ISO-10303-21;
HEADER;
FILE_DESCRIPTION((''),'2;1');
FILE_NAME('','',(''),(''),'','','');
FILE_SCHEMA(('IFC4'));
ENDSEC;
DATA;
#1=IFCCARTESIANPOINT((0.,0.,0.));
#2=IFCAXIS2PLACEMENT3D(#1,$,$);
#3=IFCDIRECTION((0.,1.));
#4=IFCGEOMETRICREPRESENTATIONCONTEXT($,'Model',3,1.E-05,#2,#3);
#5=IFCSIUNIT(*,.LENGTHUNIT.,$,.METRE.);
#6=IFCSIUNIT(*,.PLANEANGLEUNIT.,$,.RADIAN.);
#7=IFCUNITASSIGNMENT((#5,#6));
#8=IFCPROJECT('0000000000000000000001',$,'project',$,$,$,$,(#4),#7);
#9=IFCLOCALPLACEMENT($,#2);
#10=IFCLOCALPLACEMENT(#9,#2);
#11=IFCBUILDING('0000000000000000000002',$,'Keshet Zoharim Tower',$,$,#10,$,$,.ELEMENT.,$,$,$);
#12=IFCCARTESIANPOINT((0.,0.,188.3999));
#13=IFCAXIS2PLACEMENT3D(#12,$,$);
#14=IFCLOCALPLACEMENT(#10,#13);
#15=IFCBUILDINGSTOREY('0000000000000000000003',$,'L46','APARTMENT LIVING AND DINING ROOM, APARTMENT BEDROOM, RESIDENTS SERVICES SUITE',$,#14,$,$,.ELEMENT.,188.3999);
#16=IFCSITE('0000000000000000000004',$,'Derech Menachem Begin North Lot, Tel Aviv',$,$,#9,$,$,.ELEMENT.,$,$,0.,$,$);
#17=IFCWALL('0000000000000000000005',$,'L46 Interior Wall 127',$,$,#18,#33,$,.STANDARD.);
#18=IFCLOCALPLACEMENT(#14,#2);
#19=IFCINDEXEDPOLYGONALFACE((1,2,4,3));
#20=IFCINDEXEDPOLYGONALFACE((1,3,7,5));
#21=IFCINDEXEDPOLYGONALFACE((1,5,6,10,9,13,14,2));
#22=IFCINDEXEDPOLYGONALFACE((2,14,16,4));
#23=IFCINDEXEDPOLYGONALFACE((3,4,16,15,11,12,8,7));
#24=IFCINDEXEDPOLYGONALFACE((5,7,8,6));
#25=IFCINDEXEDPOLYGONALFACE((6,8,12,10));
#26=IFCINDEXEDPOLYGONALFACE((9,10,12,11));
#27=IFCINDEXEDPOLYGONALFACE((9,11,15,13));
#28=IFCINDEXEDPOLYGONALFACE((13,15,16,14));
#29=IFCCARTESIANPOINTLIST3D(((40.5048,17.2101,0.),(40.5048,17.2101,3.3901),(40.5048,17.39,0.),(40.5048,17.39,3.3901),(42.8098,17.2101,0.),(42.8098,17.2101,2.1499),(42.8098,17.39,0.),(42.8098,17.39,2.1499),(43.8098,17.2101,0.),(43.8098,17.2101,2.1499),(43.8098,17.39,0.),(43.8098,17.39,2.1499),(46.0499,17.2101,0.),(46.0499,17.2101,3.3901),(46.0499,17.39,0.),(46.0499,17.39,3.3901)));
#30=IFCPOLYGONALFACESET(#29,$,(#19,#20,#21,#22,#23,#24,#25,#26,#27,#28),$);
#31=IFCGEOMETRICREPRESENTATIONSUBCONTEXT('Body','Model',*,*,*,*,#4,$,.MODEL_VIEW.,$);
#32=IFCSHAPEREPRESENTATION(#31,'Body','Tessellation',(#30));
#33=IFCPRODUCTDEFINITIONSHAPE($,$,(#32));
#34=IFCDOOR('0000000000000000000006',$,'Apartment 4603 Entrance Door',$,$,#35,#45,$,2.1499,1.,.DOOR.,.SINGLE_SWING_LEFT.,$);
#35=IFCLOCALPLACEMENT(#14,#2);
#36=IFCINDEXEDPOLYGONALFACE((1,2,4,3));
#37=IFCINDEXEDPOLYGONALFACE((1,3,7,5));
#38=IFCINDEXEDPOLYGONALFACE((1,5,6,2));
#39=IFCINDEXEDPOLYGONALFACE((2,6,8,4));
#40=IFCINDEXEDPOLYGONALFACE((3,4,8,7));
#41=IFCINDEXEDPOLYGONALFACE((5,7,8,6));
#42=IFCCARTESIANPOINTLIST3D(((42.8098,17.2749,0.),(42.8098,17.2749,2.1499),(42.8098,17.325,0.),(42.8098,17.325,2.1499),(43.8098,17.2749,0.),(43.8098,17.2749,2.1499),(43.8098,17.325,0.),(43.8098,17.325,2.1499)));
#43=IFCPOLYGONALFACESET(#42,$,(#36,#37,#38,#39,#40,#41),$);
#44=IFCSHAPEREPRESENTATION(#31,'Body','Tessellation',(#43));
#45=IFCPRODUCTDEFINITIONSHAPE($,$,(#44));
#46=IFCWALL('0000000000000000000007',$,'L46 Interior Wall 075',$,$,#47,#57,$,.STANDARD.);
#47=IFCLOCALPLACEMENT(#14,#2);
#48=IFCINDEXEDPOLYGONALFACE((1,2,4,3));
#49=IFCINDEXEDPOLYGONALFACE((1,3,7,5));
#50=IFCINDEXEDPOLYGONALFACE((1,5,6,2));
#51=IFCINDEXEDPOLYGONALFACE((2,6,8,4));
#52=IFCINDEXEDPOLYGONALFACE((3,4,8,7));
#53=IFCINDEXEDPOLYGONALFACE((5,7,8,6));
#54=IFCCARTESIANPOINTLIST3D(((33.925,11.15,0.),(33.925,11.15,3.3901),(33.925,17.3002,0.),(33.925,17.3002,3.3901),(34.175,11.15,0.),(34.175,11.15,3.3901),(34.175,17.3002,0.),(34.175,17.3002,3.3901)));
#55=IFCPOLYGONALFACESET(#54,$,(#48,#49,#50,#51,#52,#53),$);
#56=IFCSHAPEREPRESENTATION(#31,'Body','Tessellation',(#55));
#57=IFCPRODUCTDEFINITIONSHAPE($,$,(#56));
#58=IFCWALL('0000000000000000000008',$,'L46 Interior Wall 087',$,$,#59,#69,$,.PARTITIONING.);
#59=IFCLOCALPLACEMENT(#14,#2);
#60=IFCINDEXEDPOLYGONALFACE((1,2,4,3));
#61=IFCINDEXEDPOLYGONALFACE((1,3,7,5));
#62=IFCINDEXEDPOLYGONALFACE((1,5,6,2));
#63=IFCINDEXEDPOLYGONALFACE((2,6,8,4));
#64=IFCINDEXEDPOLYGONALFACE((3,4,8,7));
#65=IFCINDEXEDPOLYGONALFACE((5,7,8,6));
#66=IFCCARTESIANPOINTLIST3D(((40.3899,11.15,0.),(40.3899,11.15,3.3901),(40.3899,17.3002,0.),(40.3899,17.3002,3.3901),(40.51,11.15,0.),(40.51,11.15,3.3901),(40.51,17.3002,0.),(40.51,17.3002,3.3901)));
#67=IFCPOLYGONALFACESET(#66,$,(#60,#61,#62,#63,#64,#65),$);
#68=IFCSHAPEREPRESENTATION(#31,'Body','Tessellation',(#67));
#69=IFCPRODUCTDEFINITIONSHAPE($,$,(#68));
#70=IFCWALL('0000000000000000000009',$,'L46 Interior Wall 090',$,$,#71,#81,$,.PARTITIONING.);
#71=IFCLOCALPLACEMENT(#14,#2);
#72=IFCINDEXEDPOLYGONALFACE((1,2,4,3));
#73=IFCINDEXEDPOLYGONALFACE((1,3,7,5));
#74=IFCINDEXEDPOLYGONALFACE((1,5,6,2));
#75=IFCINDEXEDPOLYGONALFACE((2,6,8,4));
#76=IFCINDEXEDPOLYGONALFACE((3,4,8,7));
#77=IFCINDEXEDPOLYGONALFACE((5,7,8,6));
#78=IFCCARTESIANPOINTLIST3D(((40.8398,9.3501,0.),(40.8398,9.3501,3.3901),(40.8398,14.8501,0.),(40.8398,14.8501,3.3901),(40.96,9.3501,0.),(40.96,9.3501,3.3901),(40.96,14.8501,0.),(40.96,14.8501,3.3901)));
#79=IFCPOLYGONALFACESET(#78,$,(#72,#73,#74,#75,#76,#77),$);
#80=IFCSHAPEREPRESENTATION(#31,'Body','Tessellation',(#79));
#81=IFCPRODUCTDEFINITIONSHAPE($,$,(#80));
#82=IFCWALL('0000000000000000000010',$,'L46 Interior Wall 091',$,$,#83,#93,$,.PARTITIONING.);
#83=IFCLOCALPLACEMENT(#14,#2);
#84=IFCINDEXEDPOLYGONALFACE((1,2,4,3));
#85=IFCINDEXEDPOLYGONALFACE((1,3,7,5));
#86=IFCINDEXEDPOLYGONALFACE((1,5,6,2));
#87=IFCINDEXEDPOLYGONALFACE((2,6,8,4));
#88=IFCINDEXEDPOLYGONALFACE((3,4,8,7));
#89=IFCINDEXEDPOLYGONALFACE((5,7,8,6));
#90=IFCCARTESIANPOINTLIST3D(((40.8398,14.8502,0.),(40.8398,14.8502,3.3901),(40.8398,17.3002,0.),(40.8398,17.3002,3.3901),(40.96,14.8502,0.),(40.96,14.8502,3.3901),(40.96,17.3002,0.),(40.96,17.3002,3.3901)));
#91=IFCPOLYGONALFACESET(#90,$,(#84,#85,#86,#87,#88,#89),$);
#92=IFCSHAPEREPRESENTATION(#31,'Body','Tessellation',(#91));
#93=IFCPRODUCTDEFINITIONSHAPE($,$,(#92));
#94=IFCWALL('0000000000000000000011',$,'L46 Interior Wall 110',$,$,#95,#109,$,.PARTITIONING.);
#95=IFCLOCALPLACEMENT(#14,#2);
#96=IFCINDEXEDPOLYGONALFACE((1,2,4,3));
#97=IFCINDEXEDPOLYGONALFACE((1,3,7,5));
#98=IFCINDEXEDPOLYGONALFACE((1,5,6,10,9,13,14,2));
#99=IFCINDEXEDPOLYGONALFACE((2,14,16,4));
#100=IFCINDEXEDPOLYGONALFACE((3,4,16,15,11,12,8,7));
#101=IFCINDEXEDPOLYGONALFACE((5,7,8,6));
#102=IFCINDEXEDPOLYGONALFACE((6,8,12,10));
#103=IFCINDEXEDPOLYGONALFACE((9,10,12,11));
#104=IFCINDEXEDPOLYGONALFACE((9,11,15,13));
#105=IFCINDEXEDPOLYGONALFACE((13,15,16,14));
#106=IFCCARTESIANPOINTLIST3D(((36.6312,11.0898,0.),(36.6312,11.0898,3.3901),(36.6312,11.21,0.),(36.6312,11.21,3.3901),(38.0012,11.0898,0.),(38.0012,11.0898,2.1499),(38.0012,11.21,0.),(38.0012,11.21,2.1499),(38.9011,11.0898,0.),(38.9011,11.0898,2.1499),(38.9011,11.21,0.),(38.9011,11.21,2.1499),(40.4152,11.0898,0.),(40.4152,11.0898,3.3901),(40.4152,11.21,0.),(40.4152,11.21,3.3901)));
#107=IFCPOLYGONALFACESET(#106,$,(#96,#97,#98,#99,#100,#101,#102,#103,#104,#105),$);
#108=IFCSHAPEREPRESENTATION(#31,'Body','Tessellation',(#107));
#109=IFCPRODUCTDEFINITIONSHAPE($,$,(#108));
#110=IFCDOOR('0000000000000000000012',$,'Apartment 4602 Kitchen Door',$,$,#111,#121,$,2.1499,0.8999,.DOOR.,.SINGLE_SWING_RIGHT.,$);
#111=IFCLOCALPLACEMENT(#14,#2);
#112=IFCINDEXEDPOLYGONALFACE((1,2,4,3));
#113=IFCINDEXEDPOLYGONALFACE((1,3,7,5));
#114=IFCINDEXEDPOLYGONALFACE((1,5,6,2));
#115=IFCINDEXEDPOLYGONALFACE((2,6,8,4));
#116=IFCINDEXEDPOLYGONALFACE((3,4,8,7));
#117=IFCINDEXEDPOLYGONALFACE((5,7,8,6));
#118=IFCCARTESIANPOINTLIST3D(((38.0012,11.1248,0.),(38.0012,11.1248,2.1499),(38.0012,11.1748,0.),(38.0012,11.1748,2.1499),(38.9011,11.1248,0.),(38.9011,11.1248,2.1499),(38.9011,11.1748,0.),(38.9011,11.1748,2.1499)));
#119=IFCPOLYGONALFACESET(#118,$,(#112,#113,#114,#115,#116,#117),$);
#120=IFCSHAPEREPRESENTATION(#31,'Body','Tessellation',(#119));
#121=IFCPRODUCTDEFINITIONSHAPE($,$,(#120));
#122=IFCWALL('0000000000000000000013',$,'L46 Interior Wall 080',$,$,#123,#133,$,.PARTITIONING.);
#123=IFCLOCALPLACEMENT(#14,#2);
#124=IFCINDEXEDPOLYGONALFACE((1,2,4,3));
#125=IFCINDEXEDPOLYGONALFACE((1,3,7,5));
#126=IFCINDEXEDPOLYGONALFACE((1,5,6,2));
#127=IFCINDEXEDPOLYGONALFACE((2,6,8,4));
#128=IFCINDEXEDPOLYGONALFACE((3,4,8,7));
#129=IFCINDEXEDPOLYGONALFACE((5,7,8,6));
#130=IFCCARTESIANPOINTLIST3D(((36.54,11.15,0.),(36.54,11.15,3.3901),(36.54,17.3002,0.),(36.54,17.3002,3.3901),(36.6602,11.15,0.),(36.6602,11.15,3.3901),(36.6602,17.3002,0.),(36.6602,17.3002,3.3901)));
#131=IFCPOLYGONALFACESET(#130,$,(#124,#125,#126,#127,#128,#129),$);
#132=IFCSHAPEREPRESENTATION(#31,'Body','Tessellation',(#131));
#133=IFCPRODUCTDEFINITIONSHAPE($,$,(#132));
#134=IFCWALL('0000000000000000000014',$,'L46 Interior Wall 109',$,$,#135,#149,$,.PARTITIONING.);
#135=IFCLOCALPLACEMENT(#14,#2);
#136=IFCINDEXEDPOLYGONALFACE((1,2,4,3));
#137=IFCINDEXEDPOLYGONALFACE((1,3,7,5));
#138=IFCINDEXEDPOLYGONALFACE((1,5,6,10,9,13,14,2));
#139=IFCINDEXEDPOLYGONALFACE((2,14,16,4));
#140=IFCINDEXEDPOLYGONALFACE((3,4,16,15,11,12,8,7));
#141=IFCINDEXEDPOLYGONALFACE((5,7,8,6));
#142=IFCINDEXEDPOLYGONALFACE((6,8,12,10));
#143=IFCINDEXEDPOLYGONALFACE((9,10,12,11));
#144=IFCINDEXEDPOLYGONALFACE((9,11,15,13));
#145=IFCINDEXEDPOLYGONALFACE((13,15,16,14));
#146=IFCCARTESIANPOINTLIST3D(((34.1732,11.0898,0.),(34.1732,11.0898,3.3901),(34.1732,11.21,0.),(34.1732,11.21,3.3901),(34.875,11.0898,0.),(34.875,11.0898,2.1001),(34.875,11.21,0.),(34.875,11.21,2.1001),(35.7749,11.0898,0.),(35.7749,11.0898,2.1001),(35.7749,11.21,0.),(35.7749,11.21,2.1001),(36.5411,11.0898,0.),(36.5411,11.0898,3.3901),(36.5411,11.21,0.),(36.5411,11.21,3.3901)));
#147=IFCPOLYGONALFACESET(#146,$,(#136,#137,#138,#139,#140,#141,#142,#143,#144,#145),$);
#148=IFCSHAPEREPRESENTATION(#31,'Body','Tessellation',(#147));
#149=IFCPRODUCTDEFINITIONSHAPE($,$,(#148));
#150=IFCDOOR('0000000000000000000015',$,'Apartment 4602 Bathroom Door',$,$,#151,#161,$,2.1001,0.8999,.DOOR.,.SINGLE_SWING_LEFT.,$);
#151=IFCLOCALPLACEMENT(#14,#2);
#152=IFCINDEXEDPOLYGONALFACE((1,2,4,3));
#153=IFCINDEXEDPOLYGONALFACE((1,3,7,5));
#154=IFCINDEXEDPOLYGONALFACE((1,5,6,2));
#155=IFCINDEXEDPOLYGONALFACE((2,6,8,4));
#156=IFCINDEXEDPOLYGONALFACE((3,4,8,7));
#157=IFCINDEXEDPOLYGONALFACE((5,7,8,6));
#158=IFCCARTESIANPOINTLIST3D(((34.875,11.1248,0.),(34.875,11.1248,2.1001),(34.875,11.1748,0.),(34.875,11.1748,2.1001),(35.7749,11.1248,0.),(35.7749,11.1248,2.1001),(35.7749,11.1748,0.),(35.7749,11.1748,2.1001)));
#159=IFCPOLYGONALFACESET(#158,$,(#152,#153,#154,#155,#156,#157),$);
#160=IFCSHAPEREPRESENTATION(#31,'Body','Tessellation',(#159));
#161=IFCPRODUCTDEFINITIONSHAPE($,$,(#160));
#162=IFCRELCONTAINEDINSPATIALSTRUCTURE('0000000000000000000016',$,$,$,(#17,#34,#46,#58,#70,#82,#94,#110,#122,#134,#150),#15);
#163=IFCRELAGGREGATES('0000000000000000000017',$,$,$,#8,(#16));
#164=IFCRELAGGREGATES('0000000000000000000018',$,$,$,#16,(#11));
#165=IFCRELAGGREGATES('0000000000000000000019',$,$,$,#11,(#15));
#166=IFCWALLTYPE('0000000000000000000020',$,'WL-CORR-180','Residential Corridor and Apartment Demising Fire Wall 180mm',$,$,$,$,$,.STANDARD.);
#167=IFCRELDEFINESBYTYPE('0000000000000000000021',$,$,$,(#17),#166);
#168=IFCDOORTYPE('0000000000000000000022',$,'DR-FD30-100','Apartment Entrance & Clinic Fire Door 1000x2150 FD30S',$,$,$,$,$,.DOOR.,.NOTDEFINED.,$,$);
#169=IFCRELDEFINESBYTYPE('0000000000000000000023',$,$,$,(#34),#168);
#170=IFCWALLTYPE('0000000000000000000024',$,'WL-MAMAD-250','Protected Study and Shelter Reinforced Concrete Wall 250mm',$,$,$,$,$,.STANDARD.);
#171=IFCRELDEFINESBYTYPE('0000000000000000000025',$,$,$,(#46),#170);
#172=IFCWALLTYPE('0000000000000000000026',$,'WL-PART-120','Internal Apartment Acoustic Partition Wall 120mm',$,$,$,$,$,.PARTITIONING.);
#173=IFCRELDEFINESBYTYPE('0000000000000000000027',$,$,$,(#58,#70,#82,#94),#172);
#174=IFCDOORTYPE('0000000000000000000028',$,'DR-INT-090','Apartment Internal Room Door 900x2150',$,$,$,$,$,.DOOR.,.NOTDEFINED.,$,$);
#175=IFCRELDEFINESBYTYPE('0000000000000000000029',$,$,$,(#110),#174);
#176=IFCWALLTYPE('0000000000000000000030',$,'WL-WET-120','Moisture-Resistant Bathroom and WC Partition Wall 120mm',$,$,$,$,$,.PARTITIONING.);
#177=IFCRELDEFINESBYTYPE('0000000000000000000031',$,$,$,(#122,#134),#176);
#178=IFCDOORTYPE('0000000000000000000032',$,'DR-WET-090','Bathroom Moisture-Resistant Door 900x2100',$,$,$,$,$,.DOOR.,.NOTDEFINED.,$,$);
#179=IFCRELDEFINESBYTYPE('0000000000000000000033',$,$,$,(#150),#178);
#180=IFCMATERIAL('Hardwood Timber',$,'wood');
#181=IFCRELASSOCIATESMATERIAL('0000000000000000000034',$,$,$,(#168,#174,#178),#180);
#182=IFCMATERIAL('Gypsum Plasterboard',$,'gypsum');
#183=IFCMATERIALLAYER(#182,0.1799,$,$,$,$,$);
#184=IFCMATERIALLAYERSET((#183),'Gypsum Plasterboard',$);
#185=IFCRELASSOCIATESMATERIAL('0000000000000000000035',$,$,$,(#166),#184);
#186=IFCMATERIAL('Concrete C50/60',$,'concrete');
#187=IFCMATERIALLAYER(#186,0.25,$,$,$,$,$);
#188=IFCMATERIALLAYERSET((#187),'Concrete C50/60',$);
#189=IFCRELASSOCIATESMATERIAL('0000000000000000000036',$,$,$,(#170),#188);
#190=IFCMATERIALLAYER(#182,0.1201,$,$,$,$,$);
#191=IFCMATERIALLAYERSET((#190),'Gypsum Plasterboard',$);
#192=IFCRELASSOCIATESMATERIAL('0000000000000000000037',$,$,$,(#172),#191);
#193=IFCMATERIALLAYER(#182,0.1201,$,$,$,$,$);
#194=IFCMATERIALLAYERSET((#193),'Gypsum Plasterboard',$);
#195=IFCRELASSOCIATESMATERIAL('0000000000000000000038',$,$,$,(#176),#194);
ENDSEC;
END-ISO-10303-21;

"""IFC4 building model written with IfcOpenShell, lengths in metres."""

from ifc_helpers import new_model, si_unit, direction, frame, frame_2d, origin, place, context, subcontext, project, spatial, rectangle, extrude, material, layer, layer_set, type_object, element, fill, save


model = new_model("IFC4")

# Units and contexts
model_context = context("Model", 3, precision=1e-05, world=origin(), true_north=direction((0.0, 1.0)))
body_context = subcontext(model_context, "Body", "Model", "MODEL_VIEW")
ifc_project = project(units=[si_unit("LENGTHUNIT", "METRE"), si_unit("PLANEANGLEUNIT", "RADIAN")], contexts=[model_context])

# Site, building, storey
site_placement = place(None, origin())
site = spatial("IfcSite", under=ifc_project, at=site_placement, Name="Derech Menachem Begin North Lot, Tel Aviv", CompositionType="ELEMENT", RefElevation=0.0)
building_placement = place(site_placement, origin())
building = spatial("IfcBuilding", under=site, at=building_placement, Name="Keshet Zoharim Tower", CompositionType="ELEMENT")
storey_placement = place(building_placement, frame((0.0, 0.0, 188.3999)))
storey = spatial("IfcBuildingStorey", under=building, at=storey_placement, Name="L46", Description="APARTMENT LIVING AND DINING ROOM, APARTMENT BEDROOM, RESIDENTS SERVICES SUITE", CompositionType="ELEMENT", Elevation=188.3999)

# Shared definitions
ifc_material_1 = material(Name="Gypsum Plasterboard", Category="gypsum")
ifc_material_2 = material(Name="Hardwood Timber", Category="wood")
door_type_1 = type_object("IfcDoorType", Name="DR-FD30-100", Description="Apartment Entrance & Clinic Fire Door 1000x2150 FD30S", OperationType="NOTDEFINED", PredefinedType="DOOR", material=ifc_material_2)

# Shared definitions
ifc_layer_1 = layer(ifc_material_1, 0.1799)
ifc_layer_set_1 = layer_set([ifc_layer_1], Name="Gypsum Plasterboard")
wall_type_1 = type_object("IfcWallType", Name="WL-CORR-180", Description="Residential Corridor and Apartment Demising Fire Wall 180mm", PredefinedType="STANDARD", material=ifc_layer_set_1)

# Wall, opening, door
wall_1_placement = place(storey_placement, frame((40.5049, 17.3, 0.0), z_axis=(0.0, 0.0, 1.0), x_axis=(1.0, 0.0, 0.0)))
wall_1 = element("IfcWall", 1, at=wall_1_placement, inside=storey, type_object=wall_type_1, Name="L46 Interior Wall 127", PredefinedType="STANDARD", context=body_context, shape_type="SweptSolid", body=[
    extrude(rectangle(XDim=5.5452, YDim=0.1799, at=frame_2d((2.7725, 0.0))), origin(), (0.0, 0.0, 1.0), 3.3901),
])
opening_1_placement = place(wall_1_placement, frame((2.3049, 0.0, 0.0)))
opening_1 = element("IfcOpeningElement", 2, at=opening_1_placement, cuts=wall_1, PredefinedType="OPENING", context=body_context, shape_type="SweptSolid", body=[
    extrude(rectangle(XDim=1.0, YDim=2.1499, at=frame_2d((0.5, 1.075))), frame((0.0, 0.1001, 0.0), z_axis=(0.0, -1.0, 0.0), x_axis=(1.0, 0.0, 0.0)), (0.0, 0.0, 1.0), 0.2),
])
door_1_placement = place(opening_1_placement, origin())
door_1 = element("IfcDoor", 3, at=door_1_placement, inside=storey, type_object=door_type_1, Name="Apartment 4603 Entrance Door", OperationType="SINGLE_SWING_LEFT", OverallHeight=2.1499, OverallWidth=1.0, PredefinedType="DOOR", context=body_context, shape_type="SweptSolid", body=[
    extrude(rectangle(XDim=1.0, YDim=2.1499, at=frame_2d((0.5, 1.075))), frame((0.0, 0.0249, 0.0), z_axis=(0.0, -1.0, 0.0), x_axis=(1.0, 0.0, 0.0)), (0.0, 0.0, 1.0), 0.05),
])
fill(opening_1, door_1)

# Walls
ifc_material_3 = material(Name="Concrete C50/60", Category="concrete")
ifc_layer_2 = layer(ifc_material_3, 0.25)
ifc_layer_set_2 = layer_set([ifc_layer_2], Name="Concrete C50/60")
wall_type_2 = type_object("IfcWallType", Name="WL-MAMAD-250", Description="Protected Study and Shelter Reinforced Concrete Wall 250mm", PredefinedType="STANDARD", material=ifc_layer_set_2)
wall_2_placement = place(storey_placement, frame((34.05, 11.1499, 0.0), z_axis=(0.0, 0.0, 1.0), x_axis=(0.0, 1.0, 0.0)))
element("IfcWall", 4, at=wall_2_placement, inside=storey, type_object=wall_type_2, Name="L46 Interior Wall 075", PredefinedType="STANDARD", context=body_context, shape_type="SweptSolid", body=[
    extrude(rectangle(XDim=6.1501, YDim=0.25, at=frame_2d((3.0752, 0.0))), origin(), (0.0, 0.0, 1.0), 3.3901),
])
ifc_layer_3 = layer(ifc_material_1, 0.1201)
ifc_layer_set_3 = layer_set([ifc_layer_3], Name="Gypsum Plasterboard")
wall_type_3 = type_object("IfcWallType", Name="WL-PART-120", Description="Internal Apartment Acoustic Partition Wall 120mm", PredefinedType="PARTITIONING", material=ifc_layer_set_3)
wall_3_placement = place(storey_placement, frame((40.45, 11.1499, 0.0), z_axis=(0.0, 0.0, 1.0), x_axis=(0.0, 1.0, 0.0)))
element("IfcWall", 5, at=wall_3_placement, inside=storey, type_object=wall_type_3, Name="L46 Interior Wall 087", PredefinedType="PARTITIONING", context=body_context, shape_type="SweptSolid", body=[
    extrude(rectangle(XDim=6.1501, YDim=0.1201, at=frame_2d((3.0752, 0.0))), origin(), (0.0, 0.0, 1.0), 3.3901),
])
wall_4_placement = place(storey_placement, frame((40.8999, 9.3501, 0.0), z_axis=(0.0, 0.0, 1.0), x_axis=(0.0, 1.0, 0.0)))
element("IfcWall", 6, at=wall_4_placement, inside=storey, type_object=wall_type_3, Name="L46 Interior Wall 090", PredefinedType="PARTITIONING", context=body_context, shape_type="SweptSolid", body=[
    extrude(rectangle(XDim=5.5, YDim=0.1201, at=frame_2d((2.75, 0.0))), origin(), (0.0, 0.0, 1.0), 3.3901),
])
wall_5_placement = place(storey_placement, frame((40.8999, 14.8501, 0.0), z_axis=(0.0, 0.0, 1.0), x_axis=(0.0, 1.0, 0.0)))
element("IfcWall", 7, at=wall_5_placement, inside=storey, type_object=wall_type_3, Name="L46 Interior Wall 091", PredefinedType="PARTITIONING", context=body_context, shape_type="SweptSolid", body=[
    extrude(rectangle(XDim=2.45, YDim=0.1201, at=frame_2d((1.2251, 0.0))), origin(), (0.0, 0.0, 1.0), 3.3901),
])

# Wall, opening, door
wall_6_placement = place(storey_placement, frame((36.6311, 11.1499, 0.0), z_axis=(0.0, 0.0, 1.0), x_axis=(1.0, 0.0, 0.0)))
wall_6 = element("IfcWall", 8, at=wall_6_placement, inside=storey, type_object=wall_type_3, Name="L46 Interior Wall 110", PredefinedType="PARTITIONING", context=body_context, shape_type="SweptSolid", body=[
    extrude(rectangle(XDim=3.7839, YDim=0.1201, at=frame_2d((1.8921, 0.0))), origin(), (0.0, 0.0, 1.0), 3.3901),
])
opening_2_placement = place(wall_6_placement, frame((1.3701, 0.0, 0.0)))
opening_2 = element("IfcOpeningElement", 9, at=opening_2_placement, cuts=wall_6, PredefinedType="OPENING", context=body_context, shape_type="SweptSolid", body=[
    extrude(rectangle(XDim=0.8999, YDim=2.1499, at=frame_2d((0.45, 1.075))), frame((0.0, 0.0701, 0.0), z_axis=(0.0, -1.0, 0.0), x_axis=(1.0, 0.0, 0.0)), (0.0, 0.0, 1.0), 0.1401),
])
door_type_2 = type_object("IfcDoorType", Name="DR-INT-090", Description="Apartment Internal Room Door 900x2150", OperationType="NOTDEFINED", PredefinedType="DOOR", material=ifc_material_2)
door_2_placement = place(opening_2_placement, origin())
door_2 = element("IfcDoor", 10, at=door_2_placement, inside=storey, type_object=door_type_2, Name="Apartment 4602 Kitchen Door", OperationType="SINGLE_SWING_RIGHT", OverallHeight=2.1499, OverallWidth=0.8999, PredefinedType="DOOR", context=body_context, shape_type="SweptSolid", body=[
    extrude(rectangle(XDim=0.8999, YDim=2.1499, at=frame_2d((0.45, 1.075))), frame((0.0, 0.0249, 0.0), z_axis=(0.0, -1.0, 0.0), x_axis=(1.0, 0.0, 0.0)), (0.0, 0.0, 1.0), 0.05),
])
fill(opening_2, door_2)

# Wall
ifc_layer_4 = layer(ifc_material_1, 0.1201)
ifc_layer_set_4 = layer_set([ifc_layer_4], Name="Gypsum Plasterboard")
wall_type_4 = type_object("IfcWallType", Name="WL-WET-120", Description="Moisture-Resistant Bathroom and WC Partition Wall 120mm", PredefinedType="PARTITIONING", material=ifc_layer_set_4)
wall_7_placement = place(storey_placement, frame((36.6001, 11.1499, 0.0), z_axis=(0.0, 0.0, 1.0), x_axis=(0.0, 1.0, 0.0)))
element("IfcWall", 11, at=wall_7_placement, inside=storey, type_object=wall_type_4, Name="L46 Interior Wall 080", PredefinedType="PARTITIONING", context=body_context, shape_type="SweptSolid", body=[
    extrude(rectangle(XDim=6.1501, YDim=0.1201, at=frame_2d((3.0752, 0.0))), origin(), (0.0, 0.0, 1.0), 3.3901),
])

# Wall, opening, door
wall_8_placement = place(storey_placement, frame((34.1731, 11.1499, 0.0), z_axis=(0.0, 0.0, 1.0), x_axis=(1.0, 0.0, 0.0)))
wall_8 = element("IfcWall", 12, at=wall_8_placement, inside=storey, type_object=wall_type_4, Name="L46 Interior Wall 109", PredefinedType="PARTITIONING", context=body_context, shape_type="SweptSolid", body=[
    extrude(rectangle(XDim=2.3679, YDim=0.1201, at=frame_2d((1.1841, 0.0))), origin(), (0.0, 0.0, 1.0), 3.3901),
])
opening_3_placement = place(wall_8_placement, frame((0.7019, 0.0, 0.0)))
opening_3 = element("IfcOpeningElement", 13, at=opening_3_placement, cuts=wall_8, PredefinedType="OPENING", context=body_context, shape_type="SweptSolid", body=[
    extrude(rectangle(XDim=0.8999, YDim=2.1001, at=frame_2d((0.45, 1.05))), frame((0.0, 0.0701, 0.0), z_axis=(0.0, -1.0, 0.0), x_axis=(1.0, 0.0, 0.0)), (0.0, 0.0, 1.0), 0.1401),
])
door_type_3 = type_object("IfcDoorType", Name="DR-WET-090", Description="Bathroom Moisture-Resistant Door 900x2100", OperationType="NOTDEFINED", PredefinedType="DOOR", material=ifc_material_2)
door_3_placement = place(opening_3_placement, origin())
door_3 = element("IfcDoor", 14, at=door_3_placement, inside=storey, type_object=door_type_3, Name="Apartment 4602 Bathroom Door", OperationType="SINGLE_SWING_LEFT", OverallHeight=2.1001, OverallWidth=0.8999, PredefinedType="DOOR", context=body_context, shape_type="SweptSolid", body=[
    extrude(rectangle(XDim=0.8999, YDim=2.1001, at=frame_2d((0.45, 1.05))), frame((0.0, 0.0249, 0.0), z_axis=(0.0, -1.0, 0.0), x_axis=(1.0, 0.0, 0.0)), (0.0, 0.0, 1.0), 0.05),
])
fill(opening_3, door_3)

save(model, "model.ifc")
